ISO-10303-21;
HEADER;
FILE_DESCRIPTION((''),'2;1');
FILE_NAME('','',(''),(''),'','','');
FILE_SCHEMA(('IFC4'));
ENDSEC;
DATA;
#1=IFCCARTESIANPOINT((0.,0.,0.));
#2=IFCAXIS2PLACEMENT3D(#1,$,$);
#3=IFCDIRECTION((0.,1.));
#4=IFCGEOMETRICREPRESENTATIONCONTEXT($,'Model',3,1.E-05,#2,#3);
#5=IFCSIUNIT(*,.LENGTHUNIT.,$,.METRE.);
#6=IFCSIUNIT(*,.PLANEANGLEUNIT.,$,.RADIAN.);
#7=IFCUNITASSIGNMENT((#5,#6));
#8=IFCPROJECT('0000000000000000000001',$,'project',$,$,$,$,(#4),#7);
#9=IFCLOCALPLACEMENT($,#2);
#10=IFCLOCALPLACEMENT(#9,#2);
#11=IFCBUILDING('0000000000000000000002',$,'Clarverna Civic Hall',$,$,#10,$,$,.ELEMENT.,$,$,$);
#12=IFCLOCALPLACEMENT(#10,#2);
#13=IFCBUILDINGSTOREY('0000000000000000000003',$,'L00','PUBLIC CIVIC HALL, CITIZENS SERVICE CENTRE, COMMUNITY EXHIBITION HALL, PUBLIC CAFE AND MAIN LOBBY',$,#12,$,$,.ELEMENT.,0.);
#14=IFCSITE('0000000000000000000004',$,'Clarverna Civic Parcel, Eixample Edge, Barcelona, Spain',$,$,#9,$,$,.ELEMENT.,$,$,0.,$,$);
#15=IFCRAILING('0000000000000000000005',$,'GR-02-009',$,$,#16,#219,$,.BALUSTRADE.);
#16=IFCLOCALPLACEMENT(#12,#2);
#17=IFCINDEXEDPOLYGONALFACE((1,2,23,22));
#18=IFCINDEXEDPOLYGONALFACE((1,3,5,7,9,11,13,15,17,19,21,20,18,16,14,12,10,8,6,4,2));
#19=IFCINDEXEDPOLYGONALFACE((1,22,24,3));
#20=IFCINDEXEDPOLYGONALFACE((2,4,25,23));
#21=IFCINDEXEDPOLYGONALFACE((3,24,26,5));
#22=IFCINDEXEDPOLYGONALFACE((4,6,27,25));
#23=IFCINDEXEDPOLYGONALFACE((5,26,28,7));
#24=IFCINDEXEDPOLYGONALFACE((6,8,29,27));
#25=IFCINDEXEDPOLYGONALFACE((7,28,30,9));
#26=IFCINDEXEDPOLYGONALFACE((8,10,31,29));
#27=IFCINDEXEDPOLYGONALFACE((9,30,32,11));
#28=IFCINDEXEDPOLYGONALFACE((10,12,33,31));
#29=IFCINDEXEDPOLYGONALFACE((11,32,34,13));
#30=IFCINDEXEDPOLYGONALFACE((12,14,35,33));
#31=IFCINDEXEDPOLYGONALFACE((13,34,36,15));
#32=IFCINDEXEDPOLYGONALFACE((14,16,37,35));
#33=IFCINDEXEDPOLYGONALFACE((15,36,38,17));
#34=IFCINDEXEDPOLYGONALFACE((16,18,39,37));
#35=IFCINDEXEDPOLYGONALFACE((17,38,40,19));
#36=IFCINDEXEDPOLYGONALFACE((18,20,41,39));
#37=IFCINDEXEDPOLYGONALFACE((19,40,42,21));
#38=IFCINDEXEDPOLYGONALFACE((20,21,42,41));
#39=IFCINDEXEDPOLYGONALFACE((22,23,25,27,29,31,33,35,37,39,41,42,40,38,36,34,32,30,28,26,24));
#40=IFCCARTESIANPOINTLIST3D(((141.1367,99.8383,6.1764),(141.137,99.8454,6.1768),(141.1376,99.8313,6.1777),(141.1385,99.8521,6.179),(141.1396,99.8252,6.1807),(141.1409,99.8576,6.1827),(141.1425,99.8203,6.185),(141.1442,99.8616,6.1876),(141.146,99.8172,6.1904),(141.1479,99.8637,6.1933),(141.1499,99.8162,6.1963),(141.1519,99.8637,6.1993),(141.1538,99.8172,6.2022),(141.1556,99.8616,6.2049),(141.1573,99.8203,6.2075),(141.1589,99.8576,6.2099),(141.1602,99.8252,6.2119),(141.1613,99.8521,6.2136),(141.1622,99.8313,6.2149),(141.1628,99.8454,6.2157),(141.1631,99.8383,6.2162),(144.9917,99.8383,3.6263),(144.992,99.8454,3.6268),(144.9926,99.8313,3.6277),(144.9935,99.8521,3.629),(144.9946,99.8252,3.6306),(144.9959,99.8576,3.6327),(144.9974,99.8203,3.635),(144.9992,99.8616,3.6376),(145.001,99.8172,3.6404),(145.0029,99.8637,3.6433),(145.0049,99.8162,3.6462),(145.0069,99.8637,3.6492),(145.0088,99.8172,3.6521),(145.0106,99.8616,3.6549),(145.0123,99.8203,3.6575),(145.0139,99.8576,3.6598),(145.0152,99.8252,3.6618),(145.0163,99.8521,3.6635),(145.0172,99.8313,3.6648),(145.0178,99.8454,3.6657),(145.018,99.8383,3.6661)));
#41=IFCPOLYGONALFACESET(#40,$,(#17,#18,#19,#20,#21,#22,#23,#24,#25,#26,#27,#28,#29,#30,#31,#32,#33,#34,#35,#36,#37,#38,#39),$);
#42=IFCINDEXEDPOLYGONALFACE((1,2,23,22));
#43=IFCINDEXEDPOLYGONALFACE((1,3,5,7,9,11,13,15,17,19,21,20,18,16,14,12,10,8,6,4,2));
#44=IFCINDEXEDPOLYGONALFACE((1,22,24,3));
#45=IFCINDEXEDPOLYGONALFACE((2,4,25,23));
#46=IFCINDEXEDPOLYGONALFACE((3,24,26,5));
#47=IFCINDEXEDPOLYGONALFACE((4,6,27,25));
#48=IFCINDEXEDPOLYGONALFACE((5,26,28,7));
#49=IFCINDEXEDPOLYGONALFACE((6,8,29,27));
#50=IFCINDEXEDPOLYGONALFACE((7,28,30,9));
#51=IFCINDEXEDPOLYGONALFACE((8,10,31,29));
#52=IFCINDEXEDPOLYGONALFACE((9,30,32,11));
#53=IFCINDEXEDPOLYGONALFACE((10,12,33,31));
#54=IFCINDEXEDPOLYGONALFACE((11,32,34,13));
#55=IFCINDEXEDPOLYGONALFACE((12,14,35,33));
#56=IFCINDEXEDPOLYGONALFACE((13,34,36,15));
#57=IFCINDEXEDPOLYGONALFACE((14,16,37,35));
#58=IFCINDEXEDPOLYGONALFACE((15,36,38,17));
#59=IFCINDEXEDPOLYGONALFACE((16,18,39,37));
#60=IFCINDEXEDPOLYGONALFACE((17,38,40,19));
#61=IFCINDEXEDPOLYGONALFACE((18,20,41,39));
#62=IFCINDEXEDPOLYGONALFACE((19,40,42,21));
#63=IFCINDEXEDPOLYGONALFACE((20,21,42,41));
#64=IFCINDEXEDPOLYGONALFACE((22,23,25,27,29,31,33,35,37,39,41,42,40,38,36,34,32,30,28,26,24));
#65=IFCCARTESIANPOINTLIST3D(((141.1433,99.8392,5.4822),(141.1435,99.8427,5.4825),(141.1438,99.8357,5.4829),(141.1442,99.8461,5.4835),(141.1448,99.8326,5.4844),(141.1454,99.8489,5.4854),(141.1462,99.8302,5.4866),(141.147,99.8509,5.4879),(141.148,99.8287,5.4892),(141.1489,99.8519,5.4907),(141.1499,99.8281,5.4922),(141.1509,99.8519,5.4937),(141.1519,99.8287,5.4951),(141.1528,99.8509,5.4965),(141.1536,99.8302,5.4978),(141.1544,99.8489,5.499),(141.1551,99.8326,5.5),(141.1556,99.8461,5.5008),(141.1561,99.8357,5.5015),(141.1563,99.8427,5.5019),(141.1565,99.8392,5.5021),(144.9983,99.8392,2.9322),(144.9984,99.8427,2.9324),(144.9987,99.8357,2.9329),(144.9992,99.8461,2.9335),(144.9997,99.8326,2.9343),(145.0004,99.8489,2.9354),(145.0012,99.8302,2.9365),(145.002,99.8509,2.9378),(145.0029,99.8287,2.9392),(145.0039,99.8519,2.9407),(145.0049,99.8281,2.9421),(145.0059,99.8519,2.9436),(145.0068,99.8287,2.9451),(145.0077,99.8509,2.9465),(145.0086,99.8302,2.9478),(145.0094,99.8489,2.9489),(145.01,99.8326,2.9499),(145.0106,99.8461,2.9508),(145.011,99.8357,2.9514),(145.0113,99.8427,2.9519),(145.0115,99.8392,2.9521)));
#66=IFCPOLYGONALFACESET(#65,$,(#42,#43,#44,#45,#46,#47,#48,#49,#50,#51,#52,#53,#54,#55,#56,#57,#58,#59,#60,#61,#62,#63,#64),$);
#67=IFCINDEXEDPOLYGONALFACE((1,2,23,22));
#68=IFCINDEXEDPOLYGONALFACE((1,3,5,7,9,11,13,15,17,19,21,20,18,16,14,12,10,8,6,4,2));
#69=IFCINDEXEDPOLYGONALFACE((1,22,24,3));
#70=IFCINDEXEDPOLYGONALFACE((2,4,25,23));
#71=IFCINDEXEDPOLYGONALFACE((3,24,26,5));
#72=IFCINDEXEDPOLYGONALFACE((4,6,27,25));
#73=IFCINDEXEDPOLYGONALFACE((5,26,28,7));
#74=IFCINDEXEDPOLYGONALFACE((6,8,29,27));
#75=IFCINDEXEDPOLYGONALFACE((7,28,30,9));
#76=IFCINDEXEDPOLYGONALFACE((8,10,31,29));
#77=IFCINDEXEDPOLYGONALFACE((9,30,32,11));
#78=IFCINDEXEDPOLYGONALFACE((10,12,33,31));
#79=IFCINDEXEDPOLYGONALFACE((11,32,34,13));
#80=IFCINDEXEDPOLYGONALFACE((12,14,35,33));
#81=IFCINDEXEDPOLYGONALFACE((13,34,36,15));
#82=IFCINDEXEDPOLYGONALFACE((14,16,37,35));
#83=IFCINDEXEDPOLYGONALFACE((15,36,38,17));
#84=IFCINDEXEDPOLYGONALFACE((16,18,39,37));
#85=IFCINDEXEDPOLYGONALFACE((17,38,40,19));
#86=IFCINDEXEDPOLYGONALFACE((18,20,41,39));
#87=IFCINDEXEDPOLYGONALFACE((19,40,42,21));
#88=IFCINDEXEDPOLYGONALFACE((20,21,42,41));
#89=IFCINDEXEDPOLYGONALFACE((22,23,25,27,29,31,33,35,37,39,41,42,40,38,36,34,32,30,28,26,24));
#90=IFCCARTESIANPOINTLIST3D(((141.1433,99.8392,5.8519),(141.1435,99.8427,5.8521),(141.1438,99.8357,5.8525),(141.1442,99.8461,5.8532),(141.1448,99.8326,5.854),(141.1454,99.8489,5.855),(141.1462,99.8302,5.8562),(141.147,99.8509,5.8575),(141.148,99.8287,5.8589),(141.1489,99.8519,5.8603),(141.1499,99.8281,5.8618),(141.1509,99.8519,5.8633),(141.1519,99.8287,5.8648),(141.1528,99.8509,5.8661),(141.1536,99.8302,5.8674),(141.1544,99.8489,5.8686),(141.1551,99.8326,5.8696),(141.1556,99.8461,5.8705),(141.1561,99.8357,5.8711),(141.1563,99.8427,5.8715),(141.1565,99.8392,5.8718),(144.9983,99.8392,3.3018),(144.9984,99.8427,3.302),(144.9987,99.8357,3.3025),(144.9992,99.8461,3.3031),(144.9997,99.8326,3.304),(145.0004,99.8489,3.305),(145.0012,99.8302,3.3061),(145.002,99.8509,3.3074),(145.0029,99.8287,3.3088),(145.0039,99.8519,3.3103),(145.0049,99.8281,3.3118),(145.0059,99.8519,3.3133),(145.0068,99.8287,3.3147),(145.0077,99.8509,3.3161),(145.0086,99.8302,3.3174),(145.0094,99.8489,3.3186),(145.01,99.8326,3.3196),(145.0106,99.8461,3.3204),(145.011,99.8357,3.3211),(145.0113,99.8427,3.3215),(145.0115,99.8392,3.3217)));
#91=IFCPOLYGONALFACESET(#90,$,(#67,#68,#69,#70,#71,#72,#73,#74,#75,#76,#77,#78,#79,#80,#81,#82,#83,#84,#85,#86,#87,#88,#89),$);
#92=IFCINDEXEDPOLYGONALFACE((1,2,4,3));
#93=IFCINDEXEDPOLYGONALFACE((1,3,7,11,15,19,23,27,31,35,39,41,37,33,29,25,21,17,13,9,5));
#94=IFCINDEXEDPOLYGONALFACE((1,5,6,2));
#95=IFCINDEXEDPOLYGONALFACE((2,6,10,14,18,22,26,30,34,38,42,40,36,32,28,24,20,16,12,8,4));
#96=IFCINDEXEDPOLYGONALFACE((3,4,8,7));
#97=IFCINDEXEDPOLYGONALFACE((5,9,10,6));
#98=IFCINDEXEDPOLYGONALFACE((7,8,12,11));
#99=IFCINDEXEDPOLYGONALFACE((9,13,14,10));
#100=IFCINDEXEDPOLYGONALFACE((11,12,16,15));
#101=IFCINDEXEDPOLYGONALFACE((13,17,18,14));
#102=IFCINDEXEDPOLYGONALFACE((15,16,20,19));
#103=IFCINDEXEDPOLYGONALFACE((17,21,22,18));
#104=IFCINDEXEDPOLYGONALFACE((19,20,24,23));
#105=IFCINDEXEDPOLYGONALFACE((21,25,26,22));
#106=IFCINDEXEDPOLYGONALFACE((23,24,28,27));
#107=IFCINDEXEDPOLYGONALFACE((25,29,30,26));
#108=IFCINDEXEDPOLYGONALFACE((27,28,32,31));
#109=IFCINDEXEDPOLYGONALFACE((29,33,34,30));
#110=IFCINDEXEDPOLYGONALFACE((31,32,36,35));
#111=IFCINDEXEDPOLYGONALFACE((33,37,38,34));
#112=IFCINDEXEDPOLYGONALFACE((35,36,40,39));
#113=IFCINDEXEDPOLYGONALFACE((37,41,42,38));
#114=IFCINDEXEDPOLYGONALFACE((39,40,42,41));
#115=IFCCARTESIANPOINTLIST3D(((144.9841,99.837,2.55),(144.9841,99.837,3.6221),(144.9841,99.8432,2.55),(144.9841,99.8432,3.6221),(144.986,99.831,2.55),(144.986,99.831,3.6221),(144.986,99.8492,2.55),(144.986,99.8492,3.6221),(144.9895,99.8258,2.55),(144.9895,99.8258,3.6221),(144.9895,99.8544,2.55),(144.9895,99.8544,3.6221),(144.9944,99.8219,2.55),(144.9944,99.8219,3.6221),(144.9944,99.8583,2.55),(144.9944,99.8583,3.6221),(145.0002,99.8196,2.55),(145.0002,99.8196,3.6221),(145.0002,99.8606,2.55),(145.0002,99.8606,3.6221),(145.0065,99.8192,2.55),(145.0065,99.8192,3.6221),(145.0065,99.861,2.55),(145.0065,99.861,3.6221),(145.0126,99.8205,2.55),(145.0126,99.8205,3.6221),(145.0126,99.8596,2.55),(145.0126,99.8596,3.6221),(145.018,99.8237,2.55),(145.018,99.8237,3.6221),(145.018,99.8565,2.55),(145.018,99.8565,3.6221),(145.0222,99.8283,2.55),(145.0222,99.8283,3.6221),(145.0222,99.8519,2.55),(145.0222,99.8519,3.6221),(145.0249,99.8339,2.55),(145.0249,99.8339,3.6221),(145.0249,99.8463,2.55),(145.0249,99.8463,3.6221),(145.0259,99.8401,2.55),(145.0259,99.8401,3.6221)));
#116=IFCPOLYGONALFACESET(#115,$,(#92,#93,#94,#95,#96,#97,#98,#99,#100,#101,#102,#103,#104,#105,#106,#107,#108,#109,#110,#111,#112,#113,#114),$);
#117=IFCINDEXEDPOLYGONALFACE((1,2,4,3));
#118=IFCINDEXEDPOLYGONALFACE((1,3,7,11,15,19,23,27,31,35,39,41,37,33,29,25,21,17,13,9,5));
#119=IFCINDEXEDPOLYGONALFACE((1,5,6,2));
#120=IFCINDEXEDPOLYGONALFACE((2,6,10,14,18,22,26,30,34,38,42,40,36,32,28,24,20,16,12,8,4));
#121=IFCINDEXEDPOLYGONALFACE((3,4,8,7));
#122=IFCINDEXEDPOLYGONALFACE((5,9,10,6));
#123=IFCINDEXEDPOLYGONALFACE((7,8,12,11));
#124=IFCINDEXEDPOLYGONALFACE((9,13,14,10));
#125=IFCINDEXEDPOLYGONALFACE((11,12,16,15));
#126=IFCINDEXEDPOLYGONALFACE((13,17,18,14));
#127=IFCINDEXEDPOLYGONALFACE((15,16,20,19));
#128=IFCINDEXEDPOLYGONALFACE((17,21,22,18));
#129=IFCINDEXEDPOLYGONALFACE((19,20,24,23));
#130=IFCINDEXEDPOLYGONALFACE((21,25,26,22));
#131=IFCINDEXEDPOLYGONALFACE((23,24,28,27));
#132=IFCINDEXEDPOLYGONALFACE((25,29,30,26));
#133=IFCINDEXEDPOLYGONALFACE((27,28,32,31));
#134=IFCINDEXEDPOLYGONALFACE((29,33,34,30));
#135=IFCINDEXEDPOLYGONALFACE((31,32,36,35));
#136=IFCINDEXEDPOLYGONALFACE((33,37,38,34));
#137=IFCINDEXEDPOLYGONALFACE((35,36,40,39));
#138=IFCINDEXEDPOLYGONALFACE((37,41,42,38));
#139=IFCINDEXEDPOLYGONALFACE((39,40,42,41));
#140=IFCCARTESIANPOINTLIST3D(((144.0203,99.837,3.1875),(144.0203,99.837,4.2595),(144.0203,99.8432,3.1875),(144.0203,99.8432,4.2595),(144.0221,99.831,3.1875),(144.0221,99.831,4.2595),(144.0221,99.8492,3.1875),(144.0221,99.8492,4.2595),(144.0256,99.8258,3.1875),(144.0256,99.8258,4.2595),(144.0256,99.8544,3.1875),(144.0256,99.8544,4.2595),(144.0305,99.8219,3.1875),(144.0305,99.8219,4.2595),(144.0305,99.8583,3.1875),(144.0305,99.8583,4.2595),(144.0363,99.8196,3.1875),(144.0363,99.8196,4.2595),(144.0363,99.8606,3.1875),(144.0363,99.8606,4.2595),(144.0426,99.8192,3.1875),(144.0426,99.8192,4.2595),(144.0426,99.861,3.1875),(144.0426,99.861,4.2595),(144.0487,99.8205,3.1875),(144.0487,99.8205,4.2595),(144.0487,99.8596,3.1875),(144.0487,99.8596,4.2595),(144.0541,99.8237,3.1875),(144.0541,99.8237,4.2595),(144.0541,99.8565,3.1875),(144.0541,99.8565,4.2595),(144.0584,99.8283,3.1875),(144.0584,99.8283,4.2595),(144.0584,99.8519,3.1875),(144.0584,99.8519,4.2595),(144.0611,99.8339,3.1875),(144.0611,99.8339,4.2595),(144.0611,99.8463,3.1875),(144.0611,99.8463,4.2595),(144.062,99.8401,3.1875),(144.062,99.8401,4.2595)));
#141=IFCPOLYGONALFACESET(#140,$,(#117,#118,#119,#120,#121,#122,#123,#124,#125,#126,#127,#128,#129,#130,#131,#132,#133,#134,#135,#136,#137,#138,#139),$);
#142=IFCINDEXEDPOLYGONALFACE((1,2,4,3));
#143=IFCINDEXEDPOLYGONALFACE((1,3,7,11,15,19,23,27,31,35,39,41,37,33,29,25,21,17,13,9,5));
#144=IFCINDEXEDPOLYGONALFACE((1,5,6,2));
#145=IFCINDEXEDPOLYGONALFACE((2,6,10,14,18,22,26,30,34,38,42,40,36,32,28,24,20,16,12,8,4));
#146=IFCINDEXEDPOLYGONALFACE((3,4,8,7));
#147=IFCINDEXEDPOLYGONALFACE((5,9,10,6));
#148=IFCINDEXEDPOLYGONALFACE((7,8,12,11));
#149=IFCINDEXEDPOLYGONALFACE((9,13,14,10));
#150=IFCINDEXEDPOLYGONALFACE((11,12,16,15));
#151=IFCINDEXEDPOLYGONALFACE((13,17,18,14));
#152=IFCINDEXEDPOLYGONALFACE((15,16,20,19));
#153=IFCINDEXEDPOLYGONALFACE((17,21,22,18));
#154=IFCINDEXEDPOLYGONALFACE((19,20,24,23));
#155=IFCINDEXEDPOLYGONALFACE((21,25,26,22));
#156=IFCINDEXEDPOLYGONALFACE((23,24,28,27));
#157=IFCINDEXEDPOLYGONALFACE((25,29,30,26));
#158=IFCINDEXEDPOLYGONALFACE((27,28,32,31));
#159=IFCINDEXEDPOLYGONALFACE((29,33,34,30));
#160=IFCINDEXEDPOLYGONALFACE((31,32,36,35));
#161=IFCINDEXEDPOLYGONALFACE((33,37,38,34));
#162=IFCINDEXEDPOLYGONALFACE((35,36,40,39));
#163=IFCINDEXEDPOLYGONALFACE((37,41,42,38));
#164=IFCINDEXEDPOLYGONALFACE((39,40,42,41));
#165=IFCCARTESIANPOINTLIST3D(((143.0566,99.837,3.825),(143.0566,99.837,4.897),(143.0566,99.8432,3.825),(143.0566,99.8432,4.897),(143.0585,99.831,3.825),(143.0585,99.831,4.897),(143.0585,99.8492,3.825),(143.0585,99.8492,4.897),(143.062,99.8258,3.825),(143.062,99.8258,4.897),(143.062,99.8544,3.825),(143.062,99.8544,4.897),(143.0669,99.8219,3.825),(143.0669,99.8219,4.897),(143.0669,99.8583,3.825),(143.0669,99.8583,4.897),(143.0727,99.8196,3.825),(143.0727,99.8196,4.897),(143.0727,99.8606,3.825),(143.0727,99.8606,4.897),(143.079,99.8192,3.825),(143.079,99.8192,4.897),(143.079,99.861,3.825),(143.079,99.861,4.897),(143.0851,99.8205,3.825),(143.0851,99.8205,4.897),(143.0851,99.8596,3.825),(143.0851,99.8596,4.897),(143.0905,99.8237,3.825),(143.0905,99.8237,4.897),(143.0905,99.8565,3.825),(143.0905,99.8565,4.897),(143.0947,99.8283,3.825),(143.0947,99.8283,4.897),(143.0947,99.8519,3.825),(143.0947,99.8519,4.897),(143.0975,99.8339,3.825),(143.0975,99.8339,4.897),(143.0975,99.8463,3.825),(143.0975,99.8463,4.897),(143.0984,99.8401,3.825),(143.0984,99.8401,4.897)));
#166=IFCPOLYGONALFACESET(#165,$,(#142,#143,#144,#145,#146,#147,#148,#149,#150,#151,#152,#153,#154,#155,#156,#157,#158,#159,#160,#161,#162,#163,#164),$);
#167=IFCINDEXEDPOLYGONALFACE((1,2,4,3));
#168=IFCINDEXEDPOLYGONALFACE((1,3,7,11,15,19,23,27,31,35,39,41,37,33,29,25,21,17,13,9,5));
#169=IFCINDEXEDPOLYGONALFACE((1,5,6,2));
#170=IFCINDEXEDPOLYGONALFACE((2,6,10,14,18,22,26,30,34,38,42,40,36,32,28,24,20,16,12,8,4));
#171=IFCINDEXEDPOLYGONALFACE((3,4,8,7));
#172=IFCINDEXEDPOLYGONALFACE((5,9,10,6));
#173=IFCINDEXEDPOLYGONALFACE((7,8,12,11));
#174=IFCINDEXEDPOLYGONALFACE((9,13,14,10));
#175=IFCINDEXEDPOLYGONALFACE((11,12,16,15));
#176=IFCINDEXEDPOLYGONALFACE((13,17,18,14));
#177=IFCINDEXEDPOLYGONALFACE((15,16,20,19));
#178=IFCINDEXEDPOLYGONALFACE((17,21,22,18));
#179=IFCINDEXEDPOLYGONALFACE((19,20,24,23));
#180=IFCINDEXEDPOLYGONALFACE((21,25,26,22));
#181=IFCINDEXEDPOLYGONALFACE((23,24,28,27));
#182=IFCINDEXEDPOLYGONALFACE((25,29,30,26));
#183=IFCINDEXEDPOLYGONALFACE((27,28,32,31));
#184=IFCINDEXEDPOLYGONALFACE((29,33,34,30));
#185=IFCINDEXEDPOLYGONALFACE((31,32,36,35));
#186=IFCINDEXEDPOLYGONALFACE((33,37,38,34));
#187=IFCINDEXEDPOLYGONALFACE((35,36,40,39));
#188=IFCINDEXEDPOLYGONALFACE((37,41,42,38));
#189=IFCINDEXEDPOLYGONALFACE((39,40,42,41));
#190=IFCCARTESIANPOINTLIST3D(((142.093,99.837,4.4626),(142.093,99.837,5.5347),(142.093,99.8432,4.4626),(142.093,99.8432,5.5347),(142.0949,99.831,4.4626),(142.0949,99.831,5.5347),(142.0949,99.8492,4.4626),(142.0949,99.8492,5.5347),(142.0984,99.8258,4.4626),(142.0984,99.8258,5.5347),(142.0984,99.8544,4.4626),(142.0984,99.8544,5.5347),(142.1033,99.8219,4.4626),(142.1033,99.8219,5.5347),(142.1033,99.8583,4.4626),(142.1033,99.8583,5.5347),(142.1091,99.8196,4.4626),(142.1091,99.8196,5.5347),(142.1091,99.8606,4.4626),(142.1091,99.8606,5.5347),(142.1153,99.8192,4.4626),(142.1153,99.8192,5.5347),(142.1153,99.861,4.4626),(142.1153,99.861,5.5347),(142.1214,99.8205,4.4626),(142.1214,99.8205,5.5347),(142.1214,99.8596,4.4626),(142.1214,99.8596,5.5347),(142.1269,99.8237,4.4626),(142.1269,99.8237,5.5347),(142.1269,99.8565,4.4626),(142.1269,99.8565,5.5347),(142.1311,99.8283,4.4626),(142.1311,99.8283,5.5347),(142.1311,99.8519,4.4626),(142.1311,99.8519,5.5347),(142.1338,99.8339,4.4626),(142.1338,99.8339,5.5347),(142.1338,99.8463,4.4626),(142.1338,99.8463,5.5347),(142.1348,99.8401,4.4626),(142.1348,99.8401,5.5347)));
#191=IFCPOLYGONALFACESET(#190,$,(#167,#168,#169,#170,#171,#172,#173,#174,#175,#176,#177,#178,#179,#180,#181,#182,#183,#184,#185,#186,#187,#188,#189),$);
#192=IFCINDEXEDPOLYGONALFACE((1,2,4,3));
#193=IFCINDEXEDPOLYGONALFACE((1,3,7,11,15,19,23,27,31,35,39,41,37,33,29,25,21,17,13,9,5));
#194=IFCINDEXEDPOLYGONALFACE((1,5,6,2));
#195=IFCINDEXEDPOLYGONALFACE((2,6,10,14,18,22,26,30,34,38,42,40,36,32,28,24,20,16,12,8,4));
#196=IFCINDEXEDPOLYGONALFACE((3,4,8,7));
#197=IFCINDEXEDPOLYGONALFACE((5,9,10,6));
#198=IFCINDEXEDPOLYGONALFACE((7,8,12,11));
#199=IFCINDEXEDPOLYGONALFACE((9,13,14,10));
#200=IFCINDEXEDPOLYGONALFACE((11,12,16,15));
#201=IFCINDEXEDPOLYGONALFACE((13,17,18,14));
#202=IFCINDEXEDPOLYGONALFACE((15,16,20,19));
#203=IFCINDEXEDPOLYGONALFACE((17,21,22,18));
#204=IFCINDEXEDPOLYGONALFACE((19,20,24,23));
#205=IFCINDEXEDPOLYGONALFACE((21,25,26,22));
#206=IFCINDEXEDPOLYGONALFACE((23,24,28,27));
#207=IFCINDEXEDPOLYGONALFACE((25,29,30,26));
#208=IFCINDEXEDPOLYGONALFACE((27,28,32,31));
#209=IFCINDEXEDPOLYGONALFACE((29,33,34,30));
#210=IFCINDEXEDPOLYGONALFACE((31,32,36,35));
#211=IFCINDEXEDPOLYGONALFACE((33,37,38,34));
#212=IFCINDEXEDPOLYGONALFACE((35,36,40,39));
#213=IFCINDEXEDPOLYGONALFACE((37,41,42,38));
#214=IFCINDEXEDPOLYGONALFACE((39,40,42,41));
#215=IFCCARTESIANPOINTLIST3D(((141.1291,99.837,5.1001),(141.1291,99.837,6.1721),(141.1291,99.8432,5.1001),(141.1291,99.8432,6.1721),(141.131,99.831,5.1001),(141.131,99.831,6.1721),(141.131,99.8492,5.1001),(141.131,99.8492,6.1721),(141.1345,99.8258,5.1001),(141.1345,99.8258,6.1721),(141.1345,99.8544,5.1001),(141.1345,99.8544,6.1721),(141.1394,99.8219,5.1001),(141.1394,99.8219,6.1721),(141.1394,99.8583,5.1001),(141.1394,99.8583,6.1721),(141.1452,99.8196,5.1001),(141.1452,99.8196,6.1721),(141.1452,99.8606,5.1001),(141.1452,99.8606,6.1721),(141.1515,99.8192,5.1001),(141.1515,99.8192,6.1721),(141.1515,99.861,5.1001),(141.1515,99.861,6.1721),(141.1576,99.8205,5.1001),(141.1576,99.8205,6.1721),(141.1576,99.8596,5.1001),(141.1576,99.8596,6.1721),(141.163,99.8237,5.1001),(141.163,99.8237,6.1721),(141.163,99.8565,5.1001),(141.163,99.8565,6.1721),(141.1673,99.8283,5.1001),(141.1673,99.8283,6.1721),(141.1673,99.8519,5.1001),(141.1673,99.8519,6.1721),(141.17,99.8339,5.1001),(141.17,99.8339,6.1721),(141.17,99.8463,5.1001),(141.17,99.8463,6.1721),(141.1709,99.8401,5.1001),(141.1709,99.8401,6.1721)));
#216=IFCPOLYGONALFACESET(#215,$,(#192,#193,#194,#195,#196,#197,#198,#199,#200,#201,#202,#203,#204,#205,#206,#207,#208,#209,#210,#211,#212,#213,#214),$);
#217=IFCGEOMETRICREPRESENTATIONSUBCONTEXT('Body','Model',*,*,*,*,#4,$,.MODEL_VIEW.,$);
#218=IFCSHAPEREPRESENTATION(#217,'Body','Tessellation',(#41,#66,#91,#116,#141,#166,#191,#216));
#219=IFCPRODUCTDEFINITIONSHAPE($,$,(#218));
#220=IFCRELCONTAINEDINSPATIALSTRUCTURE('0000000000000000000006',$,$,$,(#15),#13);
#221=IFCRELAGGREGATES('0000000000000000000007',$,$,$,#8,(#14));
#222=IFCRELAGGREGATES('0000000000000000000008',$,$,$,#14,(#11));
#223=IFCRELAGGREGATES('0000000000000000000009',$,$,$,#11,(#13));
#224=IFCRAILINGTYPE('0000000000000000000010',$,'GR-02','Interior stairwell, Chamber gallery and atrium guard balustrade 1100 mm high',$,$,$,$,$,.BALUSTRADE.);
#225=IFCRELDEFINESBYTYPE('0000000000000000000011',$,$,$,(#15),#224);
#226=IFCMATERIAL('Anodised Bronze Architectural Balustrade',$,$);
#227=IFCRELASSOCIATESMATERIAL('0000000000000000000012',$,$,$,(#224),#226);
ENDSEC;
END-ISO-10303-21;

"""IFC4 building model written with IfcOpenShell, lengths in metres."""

from ifc_helpers import new_model, si_unit, direction, frame, origin, origin_2d, place, context, subcontext, project, spatial, circle, extrude, material, type_object, element, save


model = new_model("IFC4")

# Units and contexts
model_context = context("Model", 3, precision=1e-05, world=origin(), true_north=direction((0.0, 1.0)))
body_context = subcontext(model_context, "Body", "Model", "MODEL_VIEW")
ifc_project = project(units=[si_unit("LENGTHUNIT", "METRE"), si_unit("PLANEANGLEUNIT", "RADIAN")], contexts=[model_context])

# Site, building, storey
site_placement = place(None, origin())
site = spatial("IfcSite", under=ifc_project, at=site_placement, Name="Clarverna Civic Parcel, Eixample Edge, Barcelona, Spain", CompositionType="ELEMENT", RefElevation=0.0)
building_placement = place(site_placement, origin())
building = spatial("IfcBuilding", under=site, at=building_placement, Name="Clarverna Civic Hall", CompositionType="ELEMENT")
storey_placement = place(building_placement, origin())
storey = spatial("IfcBuildingStorey", under=building, at=storey_placement, Name="L00", Description="PUBLIC CIVIC HALL, CITIZENS SERVICE CENTRE, COMMUNITY EXHIBITION HALL, PUBLIC CAFE AND MAIN LOBBY", CompositionType="ELEMENT", Elevation=0.0)

# Railing
ifc_material_1 = material(Name="Anodised Bronze Architectural Balustrade")
railing_type_1 = type_object("IfcRailingType", Name="GR-02", Description="Interior stairwell, Chamber gallery and atrium guard balustrade 1100 mm high", PredefinedType="BALUSTRADE", material=ifc_material_1)
railing_1_placement = place(storey_placement, frame((145.0049, 99.8401, 2.55)))
element("IfcRailing", 1, at=railing_1_placement, inside=storey, type_object=railing_type_1, Name="GR-02-009", PredefinedType="BALUSTRADE", context=body_context, shape_type="SweptSolid", body=[
    extrude(circle(Radius=0.0239, at=origin_2d()), frame((0.0, 0.0, 1.0962), z_axis=(-0.834036, 0.0, 0.55171), x_axis=(0.0, -1.0, 0.0)), (0.0, 0.0, 1.0), 4.6221),
    extrude(circle(Radius=0.012, at=origin_2d()), frame((0.0, 0.0, 0.3921), z_axis=(-0.834036, 0.0, 0.55171), x_axis=(0.0, -1.0, 0.0)), (0.0, 0.0, 1.0), 4.6221),
    extrude(circle(Radius=0.012, at=origin_2d()), frame((0.0, 0.0, 0.7617), z_axis=(-0.834036, 0.0, 0.55171), x_axis=(0.0, -1.0, 0.0)), (0.0, 0.0, 1.0), 4.6221),
    extrude(circle(Radius=0.021, at=origin_2d()), origin(), (0.0, 0.0, 1.0), 1.072),
    extrude(circle(Radius=0.021, at=origin_2d()), frame((-0.9639, 0.0, 0.6375)), (0.0, 0.0, 1.0), 1.072),
    extrude(circle(Radius=0.021, at=origin_2d()), frame((-1.9275, 0.0, 1.2749)), (0.0, 0.0, 1.0), 1.072),
    extrude(circle(Radius=0.021, at=origin_2d()), frame((-2.8911, 0.0, 1.9126)), (0.0, 0.0, 1.0), 1.072),
    extrude(circle(Radius=0.021, at=origin_2d()), frame((-3.855, 0.0, 2.55)), (0.0, 0.0, 1.0), 1.072),
])

save(model, "model.ifc")
